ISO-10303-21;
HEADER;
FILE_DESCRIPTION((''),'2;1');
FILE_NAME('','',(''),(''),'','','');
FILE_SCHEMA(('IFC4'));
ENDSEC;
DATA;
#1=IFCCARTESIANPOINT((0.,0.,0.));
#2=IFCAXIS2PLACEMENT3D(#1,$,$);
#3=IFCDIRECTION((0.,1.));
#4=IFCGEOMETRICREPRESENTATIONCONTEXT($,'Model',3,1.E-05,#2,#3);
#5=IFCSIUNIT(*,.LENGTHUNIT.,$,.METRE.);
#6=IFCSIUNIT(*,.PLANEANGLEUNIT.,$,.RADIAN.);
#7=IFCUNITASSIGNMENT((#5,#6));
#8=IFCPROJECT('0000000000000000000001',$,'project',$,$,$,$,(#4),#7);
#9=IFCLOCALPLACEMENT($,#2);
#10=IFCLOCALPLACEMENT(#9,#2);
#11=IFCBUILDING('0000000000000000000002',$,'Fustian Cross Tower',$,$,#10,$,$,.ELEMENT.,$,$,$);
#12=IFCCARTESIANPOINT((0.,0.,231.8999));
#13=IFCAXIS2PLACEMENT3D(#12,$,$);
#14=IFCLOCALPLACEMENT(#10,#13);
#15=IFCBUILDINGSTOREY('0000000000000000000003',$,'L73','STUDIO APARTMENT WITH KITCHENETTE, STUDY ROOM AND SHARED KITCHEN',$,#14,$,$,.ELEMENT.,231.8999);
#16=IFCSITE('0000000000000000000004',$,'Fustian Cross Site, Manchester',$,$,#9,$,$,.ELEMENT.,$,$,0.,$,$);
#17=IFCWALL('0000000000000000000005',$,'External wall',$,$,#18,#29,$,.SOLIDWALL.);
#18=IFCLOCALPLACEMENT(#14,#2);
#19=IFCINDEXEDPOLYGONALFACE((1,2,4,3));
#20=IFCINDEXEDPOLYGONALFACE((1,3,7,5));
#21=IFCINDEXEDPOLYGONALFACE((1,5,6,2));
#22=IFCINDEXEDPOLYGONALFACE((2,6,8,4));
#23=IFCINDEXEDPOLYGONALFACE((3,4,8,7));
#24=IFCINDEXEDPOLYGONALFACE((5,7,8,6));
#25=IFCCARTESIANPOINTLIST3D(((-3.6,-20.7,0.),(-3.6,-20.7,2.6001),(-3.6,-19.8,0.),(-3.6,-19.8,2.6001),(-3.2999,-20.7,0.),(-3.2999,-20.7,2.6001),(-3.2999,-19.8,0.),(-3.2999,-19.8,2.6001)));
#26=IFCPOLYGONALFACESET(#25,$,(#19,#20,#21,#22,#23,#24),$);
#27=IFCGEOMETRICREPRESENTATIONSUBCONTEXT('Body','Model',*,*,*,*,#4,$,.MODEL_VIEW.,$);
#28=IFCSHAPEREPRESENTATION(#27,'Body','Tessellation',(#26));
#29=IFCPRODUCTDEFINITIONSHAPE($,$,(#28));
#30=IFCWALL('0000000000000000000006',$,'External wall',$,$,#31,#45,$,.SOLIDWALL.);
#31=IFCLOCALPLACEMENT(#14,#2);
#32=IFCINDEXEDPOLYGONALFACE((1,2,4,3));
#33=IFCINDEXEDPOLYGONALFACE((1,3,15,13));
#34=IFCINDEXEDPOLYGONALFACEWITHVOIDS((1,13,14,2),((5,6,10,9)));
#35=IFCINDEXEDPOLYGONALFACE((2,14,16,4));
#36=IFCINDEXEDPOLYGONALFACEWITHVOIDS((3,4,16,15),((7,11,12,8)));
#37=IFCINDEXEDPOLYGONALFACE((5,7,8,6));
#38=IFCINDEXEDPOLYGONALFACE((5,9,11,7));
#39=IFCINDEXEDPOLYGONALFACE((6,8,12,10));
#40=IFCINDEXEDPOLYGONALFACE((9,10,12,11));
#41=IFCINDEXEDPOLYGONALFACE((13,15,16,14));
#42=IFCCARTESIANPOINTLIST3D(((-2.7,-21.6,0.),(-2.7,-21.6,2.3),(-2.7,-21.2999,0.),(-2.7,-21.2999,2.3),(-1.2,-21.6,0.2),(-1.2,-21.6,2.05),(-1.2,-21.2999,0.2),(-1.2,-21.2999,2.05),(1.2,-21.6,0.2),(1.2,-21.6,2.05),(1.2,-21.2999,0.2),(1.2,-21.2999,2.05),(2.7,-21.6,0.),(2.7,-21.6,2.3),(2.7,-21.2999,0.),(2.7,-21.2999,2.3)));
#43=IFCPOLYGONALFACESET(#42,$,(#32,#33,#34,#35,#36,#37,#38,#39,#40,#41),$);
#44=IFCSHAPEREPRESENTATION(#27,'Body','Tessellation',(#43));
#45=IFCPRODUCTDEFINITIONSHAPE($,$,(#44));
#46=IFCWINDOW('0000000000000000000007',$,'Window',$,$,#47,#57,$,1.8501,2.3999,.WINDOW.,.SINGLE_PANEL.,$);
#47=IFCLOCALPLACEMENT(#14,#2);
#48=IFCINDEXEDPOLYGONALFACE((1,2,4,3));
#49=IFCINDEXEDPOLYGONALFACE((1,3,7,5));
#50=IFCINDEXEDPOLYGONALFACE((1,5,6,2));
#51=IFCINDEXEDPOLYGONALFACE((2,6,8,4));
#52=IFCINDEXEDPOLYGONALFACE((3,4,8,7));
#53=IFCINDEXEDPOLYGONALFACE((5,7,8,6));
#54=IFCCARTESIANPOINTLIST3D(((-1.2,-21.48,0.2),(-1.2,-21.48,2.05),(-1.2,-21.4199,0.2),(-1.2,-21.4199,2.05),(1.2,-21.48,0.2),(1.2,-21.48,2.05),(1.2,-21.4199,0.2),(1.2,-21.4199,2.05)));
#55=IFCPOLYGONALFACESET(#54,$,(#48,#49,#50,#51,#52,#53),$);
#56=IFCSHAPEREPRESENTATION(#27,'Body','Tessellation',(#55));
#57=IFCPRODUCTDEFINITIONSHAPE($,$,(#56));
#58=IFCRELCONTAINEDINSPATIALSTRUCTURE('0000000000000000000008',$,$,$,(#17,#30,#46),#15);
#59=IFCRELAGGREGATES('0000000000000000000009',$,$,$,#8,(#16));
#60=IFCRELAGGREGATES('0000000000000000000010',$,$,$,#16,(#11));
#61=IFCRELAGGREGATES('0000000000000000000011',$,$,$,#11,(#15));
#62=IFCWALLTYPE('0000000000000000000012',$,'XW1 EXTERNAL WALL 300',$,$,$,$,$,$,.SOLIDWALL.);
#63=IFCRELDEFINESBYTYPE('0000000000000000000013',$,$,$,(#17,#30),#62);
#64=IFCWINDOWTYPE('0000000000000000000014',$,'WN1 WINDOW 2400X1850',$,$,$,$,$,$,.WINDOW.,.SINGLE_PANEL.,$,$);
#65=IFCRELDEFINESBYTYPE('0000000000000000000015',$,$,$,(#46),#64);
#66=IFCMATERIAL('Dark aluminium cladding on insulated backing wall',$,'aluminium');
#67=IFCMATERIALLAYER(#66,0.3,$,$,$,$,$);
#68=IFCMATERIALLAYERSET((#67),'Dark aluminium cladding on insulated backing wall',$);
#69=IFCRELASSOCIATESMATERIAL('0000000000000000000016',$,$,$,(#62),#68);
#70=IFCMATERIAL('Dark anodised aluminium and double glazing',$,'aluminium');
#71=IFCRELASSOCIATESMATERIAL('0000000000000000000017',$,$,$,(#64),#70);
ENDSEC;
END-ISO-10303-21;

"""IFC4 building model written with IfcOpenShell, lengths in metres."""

from ifc_helpers import new_model, si_unit, direction, frame, frame_2d, origin, place, context, subcontext, project, spatial, rectangle, extrude, material, layer, layer_set, type_object, element, fill, save


model = new_model("IFC4")

# Units and contexts
model_context = context("Model", 3, precision=1e-05, world=origin(), true_north=direction((0.0, 1.0)))
body_context = subcontext(model_context, "Body", "Model", "MODEL_VIEW")
ifc_project = project(units=[si_unit("LENGTHUNIT", "METRE"), si_unit("PLANEANGLEUNIT", "RADIAN")], contexts=[model_context])

# Site, building, storey
site_placement = place(None, origin())
site = spatial("IfcSite", under=ifc_project, at=site_placement, Name="Fustian Cross Site, Manchester", CompositionType="ELEMENT", RefElevation=0.0)
building_placement = place(site_placement, origin())
building = spatial("IfcBuilding", under=site, at=building_placement, Name="Fustian Cross Tower", CompositionType="ELEMENT")
storey_placement = place(building_placement, frame((0.0, 0.0, 231.8999)))
storey = spatial("IfcBuildingStorey", under=building, at=storey_placement, Name="L73", Description="STUDIO APARTMENT WITH KITCHENETTE, STUDY ROOM AND SHARED KITCHEN", CompositionType="ELEMENT", Elevation=231.8999)

# Shared definitions
ifc_material_1 = material(Name="Dark aluminium cladding on insulated backing wall", Category="aluminium")
ifc_layer_1 = layer(ifc_material_1, 0.3)
ifc_layer_set_1 = layer_set([ifc_layer_1], Name="Dark aluminium cladding on insulated backing wall")
wall_type_1 = type_object("IfcWallType", Name="XW1 EXTERNAL WALL 300", PredefinedType="SOLIDWALL", material=ifc_layer_set_1)

# Wall
wall_1_placement = place(storey_placement, frame((-3.45, -19.8, 0.0), z_axis=(0.0, 0.0, 1.0), x_axis=(0.0, -1.0, 0.0)))
element("IfcWall", 1, at=wall_1_placement, inside=storey, type_object=wall_type_1, Name="External wall", PredefinedType="SOLIDWALL", context=body_context, shape_type="SweptSolid", body=[
    extrude(rectangle(XDim=0.8999, YDim=0.3, at=frame_2d((0.45, 0.0))), origin(), (0.0, 0.0, 1.0), 2.6001),
])

# Wall, opening, window
wall_2_placement = place(storey_placement, frame((-2.7, -21.45, 0.0), z_axis=(0.0, 0.0, 1.0), x_axis=(1.0, 0.0, 0.0)))
wall_2 = element("IfcWall", 2, at=wall_2_placement, inside=storey, type_object=wall_type_1, Name="External wall", PredefinedType="SOLIDWALL", context=body_context, shape_type="SweptSolid", body=[
    extrude(rectangle(XDim=5.3999, YDim=0.3, at=frame_2d((2.7, 0.0))), origin(), (0.0, 0.0, 1.0), 2.3),
])
opening_1_placement = place(wall_2_placement, frame((1.5, 0.0, 0.2)))
opening_1 = element("IfcOpeningElement", 3, at=opening_1_placement, cuts=wall_2, PredefinedType="OPENING", context=body_context, shape_type="SweptSolid", body=[
    extrude(rectangle(XDim=2.3999, YDim=1.8501, at=frame_2d((1.2, 0.925))), frame((0.0, 0.1599, 0.0), z_axis=(0.0, -1.0, 0.0), x_axis=(1.0, 0.0, 0.0)), (0.0, 0.0, 1.0), 0.3201),
])
ifc_material_2 = material(Name="Dark anodised aluminium and double glazing", Category="aluminium")
window_type_1 = type_object("IfcWindowType", Name="WN1 WINDOW 2400X1850", PartitioningType="SINGLE_PANEL", PredefinedType="WINDOW", material=ifc_material_2)
window_1_placement = place(opening_1_placement, origin())
window_1 = element("IfcWindow", 4, at=window_1_placement, inside=storey, type_object=window_type_1, Name="Window", OverallHeight=1.8501, OverallWidth=2.3999, PartitioningType="SINGLE_PANEL", PredefinedType="WINDOW", context=body_context, shape_type="SweptSolid", body=[
    extrude(rectangle(XDim=2.3999, YDim=1.8501, at=frame_2d((1.2, 0.925))), frame((0.0, 0.03, 0.0), z_axis=(0.0, -1.0, 0.0), x_axis=(1.0, 0.0, 0.0)), (0.0, 0.0, 1.0), 0.0601),
])
fill(opening_1, window_1)

save(model, "model.ifc")
